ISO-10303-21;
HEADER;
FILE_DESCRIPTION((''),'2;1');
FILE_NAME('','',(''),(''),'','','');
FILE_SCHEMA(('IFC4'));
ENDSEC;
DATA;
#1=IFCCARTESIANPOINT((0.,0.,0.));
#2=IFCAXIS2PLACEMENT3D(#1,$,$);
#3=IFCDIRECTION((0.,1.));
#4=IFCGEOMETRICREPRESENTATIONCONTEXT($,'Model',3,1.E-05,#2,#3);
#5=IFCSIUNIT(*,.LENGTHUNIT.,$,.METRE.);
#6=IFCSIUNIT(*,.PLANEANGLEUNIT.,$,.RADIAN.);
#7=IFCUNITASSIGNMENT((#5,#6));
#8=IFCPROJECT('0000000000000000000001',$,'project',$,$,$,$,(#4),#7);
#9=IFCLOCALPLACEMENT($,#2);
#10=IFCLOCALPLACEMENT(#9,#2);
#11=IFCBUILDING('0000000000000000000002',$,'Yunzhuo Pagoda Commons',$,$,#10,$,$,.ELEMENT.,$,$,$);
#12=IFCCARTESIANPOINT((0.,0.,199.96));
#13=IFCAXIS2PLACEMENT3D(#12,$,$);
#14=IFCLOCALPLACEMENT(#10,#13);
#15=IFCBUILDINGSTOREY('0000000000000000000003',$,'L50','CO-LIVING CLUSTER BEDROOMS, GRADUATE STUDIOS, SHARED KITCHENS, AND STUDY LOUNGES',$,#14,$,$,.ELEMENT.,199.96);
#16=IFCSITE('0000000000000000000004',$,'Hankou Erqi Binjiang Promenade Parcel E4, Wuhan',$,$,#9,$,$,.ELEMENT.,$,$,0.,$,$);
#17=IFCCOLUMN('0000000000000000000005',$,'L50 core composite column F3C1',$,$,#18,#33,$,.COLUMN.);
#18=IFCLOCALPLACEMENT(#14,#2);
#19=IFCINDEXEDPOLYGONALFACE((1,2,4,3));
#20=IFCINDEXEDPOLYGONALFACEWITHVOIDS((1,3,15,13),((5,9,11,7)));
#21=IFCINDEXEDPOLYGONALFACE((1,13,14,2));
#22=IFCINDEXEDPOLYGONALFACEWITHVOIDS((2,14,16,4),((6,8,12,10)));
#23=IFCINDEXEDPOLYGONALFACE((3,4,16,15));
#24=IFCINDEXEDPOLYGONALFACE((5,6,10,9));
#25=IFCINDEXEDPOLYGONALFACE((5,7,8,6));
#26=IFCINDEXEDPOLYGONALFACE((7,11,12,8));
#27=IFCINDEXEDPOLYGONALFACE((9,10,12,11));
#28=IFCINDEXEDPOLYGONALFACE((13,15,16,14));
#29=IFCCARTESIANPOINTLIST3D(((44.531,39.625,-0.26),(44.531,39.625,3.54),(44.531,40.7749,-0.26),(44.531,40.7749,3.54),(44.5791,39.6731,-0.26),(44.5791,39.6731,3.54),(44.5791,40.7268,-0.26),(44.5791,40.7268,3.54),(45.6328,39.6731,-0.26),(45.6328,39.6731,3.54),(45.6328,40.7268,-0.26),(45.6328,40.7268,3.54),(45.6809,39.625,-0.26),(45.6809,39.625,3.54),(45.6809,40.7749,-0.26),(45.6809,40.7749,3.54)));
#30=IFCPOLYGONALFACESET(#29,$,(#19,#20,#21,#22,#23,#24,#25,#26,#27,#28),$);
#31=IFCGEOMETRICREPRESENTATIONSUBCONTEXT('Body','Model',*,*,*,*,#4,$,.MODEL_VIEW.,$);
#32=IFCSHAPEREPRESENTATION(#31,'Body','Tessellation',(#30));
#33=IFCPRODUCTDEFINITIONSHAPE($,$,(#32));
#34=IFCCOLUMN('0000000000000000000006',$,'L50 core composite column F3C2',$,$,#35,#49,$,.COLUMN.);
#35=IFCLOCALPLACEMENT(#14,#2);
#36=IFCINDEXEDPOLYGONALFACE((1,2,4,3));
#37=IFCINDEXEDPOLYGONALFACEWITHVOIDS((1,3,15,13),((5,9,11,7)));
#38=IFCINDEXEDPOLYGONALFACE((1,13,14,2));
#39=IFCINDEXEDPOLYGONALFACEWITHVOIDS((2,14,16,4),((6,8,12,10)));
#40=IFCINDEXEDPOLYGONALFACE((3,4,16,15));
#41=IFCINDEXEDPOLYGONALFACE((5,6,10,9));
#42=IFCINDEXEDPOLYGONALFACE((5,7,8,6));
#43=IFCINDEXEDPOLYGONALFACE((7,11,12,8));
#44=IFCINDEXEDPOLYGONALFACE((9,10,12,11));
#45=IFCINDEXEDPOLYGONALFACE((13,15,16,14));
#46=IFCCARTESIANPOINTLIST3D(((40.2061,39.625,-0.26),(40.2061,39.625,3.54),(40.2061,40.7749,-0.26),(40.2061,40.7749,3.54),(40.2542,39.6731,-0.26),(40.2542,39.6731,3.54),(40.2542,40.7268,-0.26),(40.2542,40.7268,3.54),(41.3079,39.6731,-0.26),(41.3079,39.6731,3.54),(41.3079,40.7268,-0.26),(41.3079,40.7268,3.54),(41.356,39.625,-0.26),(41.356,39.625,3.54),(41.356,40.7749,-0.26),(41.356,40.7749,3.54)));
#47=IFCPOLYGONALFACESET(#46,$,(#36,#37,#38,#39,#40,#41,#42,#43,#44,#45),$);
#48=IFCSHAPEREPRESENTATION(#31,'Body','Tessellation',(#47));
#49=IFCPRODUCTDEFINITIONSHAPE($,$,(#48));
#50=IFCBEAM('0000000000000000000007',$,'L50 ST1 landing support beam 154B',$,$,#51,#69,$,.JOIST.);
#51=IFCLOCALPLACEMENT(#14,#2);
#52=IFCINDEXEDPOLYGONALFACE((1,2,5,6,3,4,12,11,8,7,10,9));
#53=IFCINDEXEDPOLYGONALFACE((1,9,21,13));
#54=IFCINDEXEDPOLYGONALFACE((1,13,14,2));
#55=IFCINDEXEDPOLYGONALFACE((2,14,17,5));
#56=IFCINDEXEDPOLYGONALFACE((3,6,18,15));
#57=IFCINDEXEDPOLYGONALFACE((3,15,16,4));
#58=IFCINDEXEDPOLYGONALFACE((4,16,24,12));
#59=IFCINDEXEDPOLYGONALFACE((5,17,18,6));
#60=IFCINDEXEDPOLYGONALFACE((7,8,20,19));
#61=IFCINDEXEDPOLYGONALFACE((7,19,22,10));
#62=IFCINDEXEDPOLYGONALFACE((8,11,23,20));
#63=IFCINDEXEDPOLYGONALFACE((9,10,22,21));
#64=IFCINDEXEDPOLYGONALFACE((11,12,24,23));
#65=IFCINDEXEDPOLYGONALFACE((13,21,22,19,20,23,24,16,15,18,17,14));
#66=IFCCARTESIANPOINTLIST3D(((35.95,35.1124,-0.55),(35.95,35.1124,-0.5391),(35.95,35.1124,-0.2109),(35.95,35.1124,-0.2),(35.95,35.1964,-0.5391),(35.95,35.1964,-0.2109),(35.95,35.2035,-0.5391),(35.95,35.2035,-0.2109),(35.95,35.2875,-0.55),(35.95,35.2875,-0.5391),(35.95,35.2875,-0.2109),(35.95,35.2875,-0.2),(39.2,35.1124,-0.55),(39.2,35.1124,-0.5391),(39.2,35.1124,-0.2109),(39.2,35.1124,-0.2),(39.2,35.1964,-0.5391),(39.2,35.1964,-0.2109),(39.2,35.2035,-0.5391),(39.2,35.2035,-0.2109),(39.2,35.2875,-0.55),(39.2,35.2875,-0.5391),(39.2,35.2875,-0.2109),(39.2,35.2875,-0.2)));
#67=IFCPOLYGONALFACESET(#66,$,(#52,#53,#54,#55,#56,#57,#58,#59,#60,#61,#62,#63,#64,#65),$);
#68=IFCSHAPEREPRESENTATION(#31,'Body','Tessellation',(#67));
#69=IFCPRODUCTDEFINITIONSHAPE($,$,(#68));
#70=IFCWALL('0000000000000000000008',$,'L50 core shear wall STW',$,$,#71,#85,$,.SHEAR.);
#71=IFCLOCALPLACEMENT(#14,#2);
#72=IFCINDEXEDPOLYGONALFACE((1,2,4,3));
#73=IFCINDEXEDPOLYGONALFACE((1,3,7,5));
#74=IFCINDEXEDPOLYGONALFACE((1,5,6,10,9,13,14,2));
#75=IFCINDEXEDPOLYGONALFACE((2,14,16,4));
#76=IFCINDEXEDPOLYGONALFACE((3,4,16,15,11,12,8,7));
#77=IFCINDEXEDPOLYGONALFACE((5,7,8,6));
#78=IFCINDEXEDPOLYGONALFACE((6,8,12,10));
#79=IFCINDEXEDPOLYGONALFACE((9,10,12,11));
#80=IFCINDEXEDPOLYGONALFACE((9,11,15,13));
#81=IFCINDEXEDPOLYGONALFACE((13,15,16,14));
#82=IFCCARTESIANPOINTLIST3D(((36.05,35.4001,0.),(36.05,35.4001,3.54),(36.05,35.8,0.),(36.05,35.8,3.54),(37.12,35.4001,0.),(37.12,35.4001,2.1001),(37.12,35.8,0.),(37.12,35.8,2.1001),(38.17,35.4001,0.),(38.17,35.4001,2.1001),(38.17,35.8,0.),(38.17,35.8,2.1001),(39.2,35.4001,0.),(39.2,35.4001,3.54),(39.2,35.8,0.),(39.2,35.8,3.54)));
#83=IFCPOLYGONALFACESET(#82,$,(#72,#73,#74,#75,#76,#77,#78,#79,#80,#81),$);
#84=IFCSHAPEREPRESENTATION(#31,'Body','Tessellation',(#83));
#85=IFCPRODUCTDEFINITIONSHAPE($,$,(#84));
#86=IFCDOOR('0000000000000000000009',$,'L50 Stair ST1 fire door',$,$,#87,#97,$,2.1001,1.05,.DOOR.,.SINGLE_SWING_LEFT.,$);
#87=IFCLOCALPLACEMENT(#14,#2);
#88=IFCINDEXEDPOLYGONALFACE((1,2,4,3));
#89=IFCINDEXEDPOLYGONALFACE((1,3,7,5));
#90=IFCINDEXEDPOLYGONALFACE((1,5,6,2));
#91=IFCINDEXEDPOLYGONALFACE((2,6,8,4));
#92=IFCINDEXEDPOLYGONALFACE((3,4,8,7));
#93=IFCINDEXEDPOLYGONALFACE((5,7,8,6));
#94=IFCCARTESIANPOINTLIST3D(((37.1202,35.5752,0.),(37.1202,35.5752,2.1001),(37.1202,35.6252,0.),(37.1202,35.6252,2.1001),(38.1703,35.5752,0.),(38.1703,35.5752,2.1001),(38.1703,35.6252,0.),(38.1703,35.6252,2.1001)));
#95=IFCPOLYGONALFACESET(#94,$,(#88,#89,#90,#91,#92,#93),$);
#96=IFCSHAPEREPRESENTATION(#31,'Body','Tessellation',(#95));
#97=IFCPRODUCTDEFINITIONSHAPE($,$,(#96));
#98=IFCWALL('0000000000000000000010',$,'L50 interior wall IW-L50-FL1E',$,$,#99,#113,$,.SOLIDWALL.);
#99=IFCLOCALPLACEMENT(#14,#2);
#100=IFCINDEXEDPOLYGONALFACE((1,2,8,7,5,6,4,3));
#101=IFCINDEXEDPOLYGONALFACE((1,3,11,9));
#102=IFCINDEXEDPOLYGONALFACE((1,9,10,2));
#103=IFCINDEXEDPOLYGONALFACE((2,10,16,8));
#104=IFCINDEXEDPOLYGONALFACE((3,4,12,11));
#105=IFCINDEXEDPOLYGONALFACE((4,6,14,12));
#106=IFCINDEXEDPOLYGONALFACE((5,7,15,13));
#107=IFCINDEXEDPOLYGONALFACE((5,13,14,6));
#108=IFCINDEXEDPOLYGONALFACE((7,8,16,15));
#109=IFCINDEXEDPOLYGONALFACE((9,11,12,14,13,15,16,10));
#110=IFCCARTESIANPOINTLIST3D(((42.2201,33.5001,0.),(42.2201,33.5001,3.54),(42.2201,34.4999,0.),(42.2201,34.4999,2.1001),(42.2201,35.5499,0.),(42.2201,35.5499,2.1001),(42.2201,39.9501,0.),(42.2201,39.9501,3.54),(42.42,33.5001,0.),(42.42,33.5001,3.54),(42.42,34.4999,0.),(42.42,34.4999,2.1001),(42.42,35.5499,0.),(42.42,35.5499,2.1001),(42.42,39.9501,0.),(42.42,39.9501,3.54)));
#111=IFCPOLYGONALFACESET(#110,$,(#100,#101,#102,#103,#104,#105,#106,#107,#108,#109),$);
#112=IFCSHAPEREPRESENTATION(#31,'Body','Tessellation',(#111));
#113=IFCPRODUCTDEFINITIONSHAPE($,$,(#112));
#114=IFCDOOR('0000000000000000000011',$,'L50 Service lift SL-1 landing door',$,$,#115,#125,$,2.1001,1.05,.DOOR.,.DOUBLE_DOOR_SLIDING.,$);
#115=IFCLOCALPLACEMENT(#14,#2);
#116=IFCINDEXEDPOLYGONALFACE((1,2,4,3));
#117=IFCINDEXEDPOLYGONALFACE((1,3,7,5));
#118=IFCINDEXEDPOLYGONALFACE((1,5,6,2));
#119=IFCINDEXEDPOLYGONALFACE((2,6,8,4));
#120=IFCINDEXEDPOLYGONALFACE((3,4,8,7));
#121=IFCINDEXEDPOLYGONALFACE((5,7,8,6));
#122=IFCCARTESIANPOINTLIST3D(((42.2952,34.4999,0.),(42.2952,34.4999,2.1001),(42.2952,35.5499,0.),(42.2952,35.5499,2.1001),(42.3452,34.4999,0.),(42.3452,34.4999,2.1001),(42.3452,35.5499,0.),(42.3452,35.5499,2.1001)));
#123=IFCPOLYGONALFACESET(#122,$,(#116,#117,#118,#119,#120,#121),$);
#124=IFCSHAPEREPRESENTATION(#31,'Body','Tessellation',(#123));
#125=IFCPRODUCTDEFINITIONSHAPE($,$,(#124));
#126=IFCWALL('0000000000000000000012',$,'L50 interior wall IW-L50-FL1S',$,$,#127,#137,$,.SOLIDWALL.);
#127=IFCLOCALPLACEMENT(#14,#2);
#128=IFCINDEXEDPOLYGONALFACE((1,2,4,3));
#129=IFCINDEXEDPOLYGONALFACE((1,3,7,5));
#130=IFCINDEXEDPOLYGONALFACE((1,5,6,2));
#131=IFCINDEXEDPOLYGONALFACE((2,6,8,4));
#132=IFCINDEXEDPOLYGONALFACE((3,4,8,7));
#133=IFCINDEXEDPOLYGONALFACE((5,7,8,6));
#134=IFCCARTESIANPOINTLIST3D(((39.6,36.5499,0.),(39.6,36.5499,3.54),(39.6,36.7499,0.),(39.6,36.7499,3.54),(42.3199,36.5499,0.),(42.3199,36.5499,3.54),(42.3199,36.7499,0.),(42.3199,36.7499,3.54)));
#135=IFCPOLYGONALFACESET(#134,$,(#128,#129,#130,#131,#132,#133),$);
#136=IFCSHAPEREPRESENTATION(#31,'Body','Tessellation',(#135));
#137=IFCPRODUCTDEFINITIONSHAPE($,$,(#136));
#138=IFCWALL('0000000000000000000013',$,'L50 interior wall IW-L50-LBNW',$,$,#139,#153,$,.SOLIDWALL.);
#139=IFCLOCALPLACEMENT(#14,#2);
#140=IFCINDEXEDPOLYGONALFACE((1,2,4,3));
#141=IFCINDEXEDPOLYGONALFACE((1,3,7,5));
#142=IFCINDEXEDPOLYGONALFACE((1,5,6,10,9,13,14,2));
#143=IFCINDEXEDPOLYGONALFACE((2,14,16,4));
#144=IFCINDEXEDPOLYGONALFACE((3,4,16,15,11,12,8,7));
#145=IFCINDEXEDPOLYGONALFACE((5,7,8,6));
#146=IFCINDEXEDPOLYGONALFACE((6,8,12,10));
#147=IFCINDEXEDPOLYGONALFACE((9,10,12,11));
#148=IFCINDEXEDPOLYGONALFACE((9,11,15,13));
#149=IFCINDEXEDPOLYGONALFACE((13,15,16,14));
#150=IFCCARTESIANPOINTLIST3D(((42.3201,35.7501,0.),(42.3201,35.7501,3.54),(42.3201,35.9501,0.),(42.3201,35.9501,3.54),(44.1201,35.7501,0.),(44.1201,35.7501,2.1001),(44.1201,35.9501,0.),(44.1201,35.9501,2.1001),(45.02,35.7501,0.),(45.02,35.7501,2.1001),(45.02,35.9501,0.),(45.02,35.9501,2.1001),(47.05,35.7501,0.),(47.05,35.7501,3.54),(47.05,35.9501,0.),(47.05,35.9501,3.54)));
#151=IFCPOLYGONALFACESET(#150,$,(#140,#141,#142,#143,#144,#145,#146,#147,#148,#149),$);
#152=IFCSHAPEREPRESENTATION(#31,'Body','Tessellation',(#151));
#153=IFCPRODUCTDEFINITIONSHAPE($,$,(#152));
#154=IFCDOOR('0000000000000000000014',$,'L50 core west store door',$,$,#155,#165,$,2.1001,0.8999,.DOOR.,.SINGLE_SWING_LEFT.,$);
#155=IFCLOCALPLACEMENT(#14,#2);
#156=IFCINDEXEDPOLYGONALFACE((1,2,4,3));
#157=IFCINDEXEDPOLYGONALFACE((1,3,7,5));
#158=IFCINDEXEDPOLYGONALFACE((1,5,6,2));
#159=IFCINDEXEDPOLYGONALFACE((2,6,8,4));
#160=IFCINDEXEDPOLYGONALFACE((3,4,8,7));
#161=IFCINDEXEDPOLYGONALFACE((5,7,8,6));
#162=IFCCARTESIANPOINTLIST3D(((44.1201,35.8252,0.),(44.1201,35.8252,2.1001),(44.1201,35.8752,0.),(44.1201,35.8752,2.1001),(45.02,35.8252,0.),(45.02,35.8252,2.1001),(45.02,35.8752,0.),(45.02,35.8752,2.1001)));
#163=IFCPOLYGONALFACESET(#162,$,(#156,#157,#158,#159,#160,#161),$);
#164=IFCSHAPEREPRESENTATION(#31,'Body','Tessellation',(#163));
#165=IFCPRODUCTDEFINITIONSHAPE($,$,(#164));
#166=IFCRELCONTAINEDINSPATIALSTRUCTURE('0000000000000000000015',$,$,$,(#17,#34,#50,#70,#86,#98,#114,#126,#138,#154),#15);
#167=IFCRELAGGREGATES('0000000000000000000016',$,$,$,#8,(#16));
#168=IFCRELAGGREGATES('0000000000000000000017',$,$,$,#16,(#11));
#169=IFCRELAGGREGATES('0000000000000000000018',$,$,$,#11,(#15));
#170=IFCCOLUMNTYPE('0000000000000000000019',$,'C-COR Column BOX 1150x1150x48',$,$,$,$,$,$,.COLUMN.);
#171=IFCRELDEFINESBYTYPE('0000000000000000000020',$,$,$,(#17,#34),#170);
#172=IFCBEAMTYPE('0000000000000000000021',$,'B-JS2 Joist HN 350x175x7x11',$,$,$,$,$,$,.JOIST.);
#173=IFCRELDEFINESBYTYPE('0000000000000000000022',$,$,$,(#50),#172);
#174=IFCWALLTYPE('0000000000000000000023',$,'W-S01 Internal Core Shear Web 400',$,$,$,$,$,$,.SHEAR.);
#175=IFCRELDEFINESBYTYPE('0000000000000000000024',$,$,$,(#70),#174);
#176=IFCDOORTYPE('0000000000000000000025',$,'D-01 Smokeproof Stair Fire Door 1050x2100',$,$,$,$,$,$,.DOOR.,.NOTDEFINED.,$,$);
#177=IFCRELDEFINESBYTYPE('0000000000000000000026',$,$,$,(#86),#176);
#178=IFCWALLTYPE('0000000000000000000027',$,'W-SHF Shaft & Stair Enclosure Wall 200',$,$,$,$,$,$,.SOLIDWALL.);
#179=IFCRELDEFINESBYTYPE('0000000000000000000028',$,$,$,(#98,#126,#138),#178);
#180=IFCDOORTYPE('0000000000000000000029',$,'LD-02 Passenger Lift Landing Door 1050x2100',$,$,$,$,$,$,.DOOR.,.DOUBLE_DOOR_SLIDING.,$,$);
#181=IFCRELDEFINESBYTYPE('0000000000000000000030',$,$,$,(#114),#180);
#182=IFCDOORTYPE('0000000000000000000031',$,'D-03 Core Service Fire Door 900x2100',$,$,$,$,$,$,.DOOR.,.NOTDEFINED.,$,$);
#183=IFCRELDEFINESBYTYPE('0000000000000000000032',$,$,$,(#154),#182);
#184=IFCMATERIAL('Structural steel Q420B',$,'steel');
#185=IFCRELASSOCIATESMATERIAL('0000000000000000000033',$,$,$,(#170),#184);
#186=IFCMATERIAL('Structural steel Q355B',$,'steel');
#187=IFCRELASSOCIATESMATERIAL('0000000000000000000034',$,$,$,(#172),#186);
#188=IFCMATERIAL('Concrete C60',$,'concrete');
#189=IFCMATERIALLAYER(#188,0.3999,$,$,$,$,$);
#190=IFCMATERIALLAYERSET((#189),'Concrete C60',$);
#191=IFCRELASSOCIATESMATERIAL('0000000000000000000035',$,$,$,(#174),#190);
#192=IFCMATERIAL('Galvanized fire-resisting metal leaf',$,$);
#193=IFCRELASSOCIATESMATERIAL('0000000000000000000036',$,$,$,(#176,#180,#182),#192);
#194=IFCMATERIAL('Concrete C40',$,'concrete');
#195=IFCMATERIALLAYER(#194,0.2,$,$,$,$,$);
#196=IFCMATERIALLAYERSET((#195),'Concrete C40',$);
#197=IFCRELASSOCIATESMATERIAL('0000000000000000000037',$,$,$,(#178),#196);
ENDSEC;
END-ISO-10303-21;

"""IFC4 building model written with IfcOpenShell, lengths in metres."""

from ifc_helpers import new_model, si_unit, direction, frame, frame_2d, origin, origin_with_axes, origin_2d, place, context, subcontext, project, spatial, rectangle, hollow_rectangle, i_section, extrude, source, transform, mapped, material, layer, layer_set, material_profile, profile_set, type_object, element, fill, save


model = new_model("IFC4")

# Units and contexts
model_context = context("Model", 3, precision=1e-05, world=origin(), true_north=direction((0.0, 1.0)))
body_context = subcontext(model_context, "Body", "Model", "MODEL_VIEW")
ifc_project = project(units=[si_unit("LENGTHUNIT", "METRE"), si_unit("PLANEANGLEUNIT", "RADIAN")], contexts=[model_context])

# Site, building, storey
site_placement = place(None, origin())
site = spatial("IfcSite", under=ifc_project, at=site_placement, Name="Hankou Erqi Binjiang Promenade Parcel E4, Wuhan", CompositionType="ELEMENT", RefElevation=0.0)
building_placement = place(site_placement, origin())
building = spatial("IfcBuilding", under=site, at=building_placement, Name="Yunzhuo Pagoda Commons", CompositionType="ELEMENT")
storey_placement = place(building_placement, frame((0.0, 0.0, 199.96)))
storey = spatial("IfcBuildingStorey", under=building, at=storey_placement, Name="L50", Description="CO-LIVING CLUSTER BEDROOMS, GRADUATE STUDIOS, SHARED KITCHENS, AND STUDY LOUNGES", CompositionType="ELEMENT", Elevation=199.96)

# Columns
ifc_material_1 = material(Name="Structural steel Q420B", Category="steel")
ifc_material_profile_1 = material_profile(ifc_material_1, hollow_rectangle(XDim=1.1499, YDim=1.1499, WallThickness=0.0481, at=origin_2d()), Name="Structural steel Q420B")
ifc_profile_set_1 = profile_set([ifc_material_profile_1], Name="Structural steel Q420B")
column_type = type_object("IfcColumnType", Name="C-COR Column BOX 1150x1150x48", PredefinedType="COLUMN", material=ifc_profile_set_1)
shared_shape_1 = source(origin(), body_context, "Body", "SweptSolid", [
    extrude(hollow_rectangle(XDim=1.1499, YDim=1.1499, WallThickness=0.0481, at=origin_2d()), origin(), (0.0, 0.0, 1.0), 3.8),
])
for number, where, z_axis, x_axis, name in (
    (1, (45.106, 40.2, -0.26), (0.0, 0.0, 1.0), (1.0, 0.0, 0.0), "L50 core composite column F3C1"),
    (2, (40.781, 40.2, -0.26), (0.0, 0.0, 1.0), (1.0, 0.0, 0.0), "L50 core composite column F3C2"),
):
    element("IfcColumn", number, at=place(storey_placement, frame(where, z_axis=z_axis, x_axis=x_axis)), inside=storey, type_object=column_type, Name=name, PredefinedType="COLUMN", context=body_context, shape_type="MappedRepresentation", body=[
        mapped(shared_shape_1, transform((0.0, 0.0, 0.0), scale=1.0)),
    ])

# Beam
ifc_material_2 = material(Name="Structural steel Q355B", Category="steel")
ifc_material_profile_2 = material_profile(ifc_material_2, i_section(OverallWidth=0.175, OverallDepth=0.3501, WebThickness=0.0071, FlangeThickness=0.011, at=origin_2d()), Name="Structural steel Q355B")
ifc_profile_set_2 = profile_set([ifc_material_profile_2], Name="Structural steel Q355B")
beam_type = type_object("IfcBeamType", Name="B-JS2 Joist HN 350x175x7x11", PredefinedType="JOIST", material=ifc_profile_set_2)
shared_shape_2 = source(origin(), body_context, "Body", "SweptSolid", [
    extrude(i_section(OverallWidth=0.175, OverallDepth=0.3501, WebThickness=0.0071, FlangeThickness=0.011, at=origin_2d()), origin(), (0.0, 0.0, 1.0), 3.25),
])
beam_placement = place(storey_placement, frame((35.95, 35.2, -0.375), z_axis=(1.0, 0.0, 0.0), x_axis=(0.0, 1.0, 0.0)))
element("IfcBeam", 3, at=beam_placement, inside=storey, type_object=beam_type, Name="L50 ST1 landing support beam 154B", PredefinedType="JOIST", context=body_context, shape_type="MappedRepresentation", body=[
    mapped(shared_shape_2, transform((0.0, 0.0, 0.0), scale=1.0)),
])

# Walls, openings, doors
ifc_material_3 = material(Name="Concrete C60", Category="concrete")
ifc_layer_1 = layer(ifc_material_3, 0.3999)
ifc_layer_set_1 = layer_set([ifc_layer_1], Name="Concrete C60")
wall_type_1 = type_object("IfcWallType", Name="W-S01 Internal Core Shear Web 400", PredefinedType="SHEAR", material=ifc_layer_set_1)
wall_1_placement = place(storey_placement, frame((36.05, 35.6001, 0.0), z_axis=(0.0, 0.0, 1.0), x_axis=(1.0, 0.0, 0.0)))
wall_1 = element("IfcWall", 4, at=wall_1_placement, inside=storey, type_object=wall_type_1, Name="L50 core shear wall STW", PredefinedType="SHEAR", context=body_context, shape_type="SweptSolid", body=[
    extrude(rectangle(XDim=3.1499, YDim=0.3999, at=frame_2d((1.575, 0.0))), origin(), (0.0, 0.0, 1.0), 3.54),
])
opening_1_placement = place(wall_1_placement, frame((1.0701, 0.0, 0.0)))
opening_1 = element("IfcOpeningElement", 5, at=opening_1_placement, cuts=wall_1, PredefinedType="OPENING", context=body_context, shape_type="SweptSolid", body=[
    extrude(rectangle(XDim=1.05, YDim=2.1001, at=frame_2d((0.5249, 1.05))), frame((0.0, 0.21, 0.0), z_axis=(0.0, -1.0, 0.0), x_axis=(1.0, 0.0, 0.0)), (0.0, 0.0, 1.0), 0.4199),
])
ifc_material_4 = material(Name="Galvanized fire-resisting metal leaf")
door_type_1 = type_object("IfcDoorType", Name="D-01 Smokeproof Stair Fire Door 1050x2100", OperationType="NOTDEFINED", PredefinedType="DOOR", material=ifc_material_4)
shared_shape_3 = source(origin(), body_context, "Body", "SweptSolid", [
    extrude(rectangle(XDim=1.05, YDim=2.1001, at=frame_2d((0.5249, 1.05))), frame((0.0, 0.0249, 0.0), z_axis=(0.0, -1.0, 0.0), x_axis=(1.0, 0.0, 0.0)), (0.0, 0.0, 1.0), 0.05),
])
door_1_placement = place(opening_1_placement, frame((1.05, 0.0, 0.0), z_axis=(0.0, 0.0, 1.0), x_axis=(-1.0, 0.0, 0.0)))
door_1 = element("IfcDoor", 6, at=door_1_placement, inside=storey, type_object=door_type_1, Name="L50 Stair ST1 fire door", OperationType="SINGLE_SWING_LEFT", OverallHeight=2.1001, OverallWidth=1.05, PredefinedType="DOOR", context=body_context, shape_type="MappedRepresentation", body=[
    mapped(shared_shape_3, transform((0.0, 0.0, 0.0), scale=1.0)),
])
fill(opening_1, door_1)
ifc_material_5 = material(Name="Concrete C40", Category="concrete")
ifc_layer_2 = layer(ifc_material_5, 0.2)
ifc_layer_set_2 = layer_set([ifc_layer_2], Name="Concrete C40")
wall_type_2 = type_object("IfcWallType", Name="W-SHF Shaft & Stair Enclosure Wall 200", PredefinedType="SOLIDWALL", material=ifc_layer_set_2)
wall_2_placement = place(storey_placement, frame((42.3201, 33.5, 0.0), z_axis=(0.0, 0.0, 1.0), x_axis=(0.0, 1.0, 0.0)))
wall_2 = element("IfcWall", 7, at=wall_2_placement, inside=storey, type_object=wall_type_2, Name="L50 interior wall IW-L50-FL1E", PredefinedType="SOLIDWALL", context=body_context, shape_type="SweptSolid", body=[
    extrude(rectangle(XDim=6.45, YDim=0.2, at=frame_2d((3.2251, 0.0))), origin(), (0.0, 0.0, 1.0), 3.54),
])
opening_2_placement = place(wall_2_placement, frame((1.0, 0.0, 0.0)))
opening_2 = element("IfcOpeningElement", 8, at=opening_2_placement, cuts=wall_2, PredefinedType="OPENING", context=body_context, shape_type="SweptSolid", body=[
    extrude(rectangle(XDim=1.05, YDim=2.1001, at=frame_2d((0.5249, 1.05))), frame((0.0, 0.1099, 0.0), z_axis=(0.0, -1.0, 0.0), x_axis=(1.0, 0.0, 0.0)), (0.0, 0.0, 1.0), 0.22),
])
door_type_2 = type_object("IfcDoorType", Name="LD-02 Passenger Lift Landing Door 1050x2100", OperationType="DOUBLE_DOOR_SLIDING", PredefinedType="DOOR", material=ifc_material_4)
door_2_placement = place(opening_2_placement, origin_with_axes())
door_2 = element("IfcDoor", 9, at=door_2_placement, inside=storey, type_object=door_type_2, Name="L50 Service lift SL-1 landing door", OperationType="DOUBLE_DOOR_SLIDING", OverallHeight=2.1001, OverallWidth=1.05, PredefinedType="DOOR", context=body_context, shape_type="MappedRepresentation", body=[
    mapped(shared_shape_3, transform((0.0, 0.0, 0.0), scale=1.0)),
])
fill(opening_2, door_2)

# Wall
wall_3_placement = place(storey_placement, frame((39.6001, 36.6499, 0.0), z_axis=(0.0, 0.0, 1.0), x_axis=(1.0, 0.0, 0.0)))
element("IfcWall", 10, at=wall_3_placement, inside=storey, type_object=wall_type_2, Name="L50 interior wall IW-L50-FL1S", PredefinedType="SOLIDWALL", context=body_context, shape_type="SweptSolid", body=[
    extrude(rectangle(XDim=2.72, YDim=0.2, at=frame_2d((1.3599, 0.0))), origin(), (0.0, 0.0, 1.0), 3.54),
])

# Wall, opening, door
wall_4_placement = place(storey_placement, frame((42.3201, 35.8501, 0.0), z_axis=(0.0, 0.0, 1.0), x_axis=(1.0, 0.0, 0.0)))
wall_4 = element("IfcWall", 11, at=wall_4_placement, inside=storey, type_object=wall_type_2, Name="L50 interior wall IW-L50-LBNW", PredefinedType="SOLIDWALL", context=body_context, shape_type="SweptSolid", body=[
    extrude(rectangle(XDim=4.73, YDim=0.2, at=frame_2d((2.365, 0.0))), origin(), (0.0, 0.0, 1.0), 3.54),
])
opening_3_placement = place(wall_4_placement, frame((1.8, 0.0, 0.0)))
opening_3 = element("IfcOpeningElement", 12, at=opening_3_placement, cuts=wall_4, PredefinedType="OPENING", context=body_context, shape_type="SweptSolid", body=[
    extrude(rectangle(XDim=0.8999, YDim=2.1001, at=frame_2d((0.45, 1.05))), frame((0.0, 0.1099, 0.0), z_axis=(0.0, -1.0, 0.0), x_axis=(1.0, 0.0, 0.0)), (0.0, 0.0, 1.0), 0.22),
])
door_type_3 = type_object("IfcDoorType", Name="D-03 Core Service Fire Door 900x2100", OperationType="NOTDEFINED", PredefinedType="DOOR", material=ifc_material_4)
shared_shape_4 = source(origin(), body_context, "Body", "SweptSolid", [
    extrude(rectangle(XDim=0.8999, YDim=2.1001, at=frame_2d((0.45, 1.05))), frame((0.0, 0.0249, 0.0), z_axis=(0.0, -1.0, 0.0), x_axis=(1.0, 0.0, 0.0)), (0.0, 0.0, 1.0), 0.05),
])
door_3_placement = place(opening_3_placement, frame((0.8999, 0.0, 0.0), z_axis=(0.0, 0.0, 1.0), x_axis=(-1.0, 0.0, 0.0)))
door_3 = element("IfcDoor", 13, at=door_3_placement, inside=storey, type_object=door_type_3, Name="L50 core west store door", OperationType="SINGLE_SWING_LEFT", OverallHeight=2.1001, OverallWidth=0.8999, PredefinedType="DOOR", context=body_context, shape_type="MappedRepresentation", body=[
    mapped(shared_shape_4, transform((0.0, 0.0, 0.0), scale=1.0)),
])
fill(opening_3, door_3)

save(model, "model.ifc")
